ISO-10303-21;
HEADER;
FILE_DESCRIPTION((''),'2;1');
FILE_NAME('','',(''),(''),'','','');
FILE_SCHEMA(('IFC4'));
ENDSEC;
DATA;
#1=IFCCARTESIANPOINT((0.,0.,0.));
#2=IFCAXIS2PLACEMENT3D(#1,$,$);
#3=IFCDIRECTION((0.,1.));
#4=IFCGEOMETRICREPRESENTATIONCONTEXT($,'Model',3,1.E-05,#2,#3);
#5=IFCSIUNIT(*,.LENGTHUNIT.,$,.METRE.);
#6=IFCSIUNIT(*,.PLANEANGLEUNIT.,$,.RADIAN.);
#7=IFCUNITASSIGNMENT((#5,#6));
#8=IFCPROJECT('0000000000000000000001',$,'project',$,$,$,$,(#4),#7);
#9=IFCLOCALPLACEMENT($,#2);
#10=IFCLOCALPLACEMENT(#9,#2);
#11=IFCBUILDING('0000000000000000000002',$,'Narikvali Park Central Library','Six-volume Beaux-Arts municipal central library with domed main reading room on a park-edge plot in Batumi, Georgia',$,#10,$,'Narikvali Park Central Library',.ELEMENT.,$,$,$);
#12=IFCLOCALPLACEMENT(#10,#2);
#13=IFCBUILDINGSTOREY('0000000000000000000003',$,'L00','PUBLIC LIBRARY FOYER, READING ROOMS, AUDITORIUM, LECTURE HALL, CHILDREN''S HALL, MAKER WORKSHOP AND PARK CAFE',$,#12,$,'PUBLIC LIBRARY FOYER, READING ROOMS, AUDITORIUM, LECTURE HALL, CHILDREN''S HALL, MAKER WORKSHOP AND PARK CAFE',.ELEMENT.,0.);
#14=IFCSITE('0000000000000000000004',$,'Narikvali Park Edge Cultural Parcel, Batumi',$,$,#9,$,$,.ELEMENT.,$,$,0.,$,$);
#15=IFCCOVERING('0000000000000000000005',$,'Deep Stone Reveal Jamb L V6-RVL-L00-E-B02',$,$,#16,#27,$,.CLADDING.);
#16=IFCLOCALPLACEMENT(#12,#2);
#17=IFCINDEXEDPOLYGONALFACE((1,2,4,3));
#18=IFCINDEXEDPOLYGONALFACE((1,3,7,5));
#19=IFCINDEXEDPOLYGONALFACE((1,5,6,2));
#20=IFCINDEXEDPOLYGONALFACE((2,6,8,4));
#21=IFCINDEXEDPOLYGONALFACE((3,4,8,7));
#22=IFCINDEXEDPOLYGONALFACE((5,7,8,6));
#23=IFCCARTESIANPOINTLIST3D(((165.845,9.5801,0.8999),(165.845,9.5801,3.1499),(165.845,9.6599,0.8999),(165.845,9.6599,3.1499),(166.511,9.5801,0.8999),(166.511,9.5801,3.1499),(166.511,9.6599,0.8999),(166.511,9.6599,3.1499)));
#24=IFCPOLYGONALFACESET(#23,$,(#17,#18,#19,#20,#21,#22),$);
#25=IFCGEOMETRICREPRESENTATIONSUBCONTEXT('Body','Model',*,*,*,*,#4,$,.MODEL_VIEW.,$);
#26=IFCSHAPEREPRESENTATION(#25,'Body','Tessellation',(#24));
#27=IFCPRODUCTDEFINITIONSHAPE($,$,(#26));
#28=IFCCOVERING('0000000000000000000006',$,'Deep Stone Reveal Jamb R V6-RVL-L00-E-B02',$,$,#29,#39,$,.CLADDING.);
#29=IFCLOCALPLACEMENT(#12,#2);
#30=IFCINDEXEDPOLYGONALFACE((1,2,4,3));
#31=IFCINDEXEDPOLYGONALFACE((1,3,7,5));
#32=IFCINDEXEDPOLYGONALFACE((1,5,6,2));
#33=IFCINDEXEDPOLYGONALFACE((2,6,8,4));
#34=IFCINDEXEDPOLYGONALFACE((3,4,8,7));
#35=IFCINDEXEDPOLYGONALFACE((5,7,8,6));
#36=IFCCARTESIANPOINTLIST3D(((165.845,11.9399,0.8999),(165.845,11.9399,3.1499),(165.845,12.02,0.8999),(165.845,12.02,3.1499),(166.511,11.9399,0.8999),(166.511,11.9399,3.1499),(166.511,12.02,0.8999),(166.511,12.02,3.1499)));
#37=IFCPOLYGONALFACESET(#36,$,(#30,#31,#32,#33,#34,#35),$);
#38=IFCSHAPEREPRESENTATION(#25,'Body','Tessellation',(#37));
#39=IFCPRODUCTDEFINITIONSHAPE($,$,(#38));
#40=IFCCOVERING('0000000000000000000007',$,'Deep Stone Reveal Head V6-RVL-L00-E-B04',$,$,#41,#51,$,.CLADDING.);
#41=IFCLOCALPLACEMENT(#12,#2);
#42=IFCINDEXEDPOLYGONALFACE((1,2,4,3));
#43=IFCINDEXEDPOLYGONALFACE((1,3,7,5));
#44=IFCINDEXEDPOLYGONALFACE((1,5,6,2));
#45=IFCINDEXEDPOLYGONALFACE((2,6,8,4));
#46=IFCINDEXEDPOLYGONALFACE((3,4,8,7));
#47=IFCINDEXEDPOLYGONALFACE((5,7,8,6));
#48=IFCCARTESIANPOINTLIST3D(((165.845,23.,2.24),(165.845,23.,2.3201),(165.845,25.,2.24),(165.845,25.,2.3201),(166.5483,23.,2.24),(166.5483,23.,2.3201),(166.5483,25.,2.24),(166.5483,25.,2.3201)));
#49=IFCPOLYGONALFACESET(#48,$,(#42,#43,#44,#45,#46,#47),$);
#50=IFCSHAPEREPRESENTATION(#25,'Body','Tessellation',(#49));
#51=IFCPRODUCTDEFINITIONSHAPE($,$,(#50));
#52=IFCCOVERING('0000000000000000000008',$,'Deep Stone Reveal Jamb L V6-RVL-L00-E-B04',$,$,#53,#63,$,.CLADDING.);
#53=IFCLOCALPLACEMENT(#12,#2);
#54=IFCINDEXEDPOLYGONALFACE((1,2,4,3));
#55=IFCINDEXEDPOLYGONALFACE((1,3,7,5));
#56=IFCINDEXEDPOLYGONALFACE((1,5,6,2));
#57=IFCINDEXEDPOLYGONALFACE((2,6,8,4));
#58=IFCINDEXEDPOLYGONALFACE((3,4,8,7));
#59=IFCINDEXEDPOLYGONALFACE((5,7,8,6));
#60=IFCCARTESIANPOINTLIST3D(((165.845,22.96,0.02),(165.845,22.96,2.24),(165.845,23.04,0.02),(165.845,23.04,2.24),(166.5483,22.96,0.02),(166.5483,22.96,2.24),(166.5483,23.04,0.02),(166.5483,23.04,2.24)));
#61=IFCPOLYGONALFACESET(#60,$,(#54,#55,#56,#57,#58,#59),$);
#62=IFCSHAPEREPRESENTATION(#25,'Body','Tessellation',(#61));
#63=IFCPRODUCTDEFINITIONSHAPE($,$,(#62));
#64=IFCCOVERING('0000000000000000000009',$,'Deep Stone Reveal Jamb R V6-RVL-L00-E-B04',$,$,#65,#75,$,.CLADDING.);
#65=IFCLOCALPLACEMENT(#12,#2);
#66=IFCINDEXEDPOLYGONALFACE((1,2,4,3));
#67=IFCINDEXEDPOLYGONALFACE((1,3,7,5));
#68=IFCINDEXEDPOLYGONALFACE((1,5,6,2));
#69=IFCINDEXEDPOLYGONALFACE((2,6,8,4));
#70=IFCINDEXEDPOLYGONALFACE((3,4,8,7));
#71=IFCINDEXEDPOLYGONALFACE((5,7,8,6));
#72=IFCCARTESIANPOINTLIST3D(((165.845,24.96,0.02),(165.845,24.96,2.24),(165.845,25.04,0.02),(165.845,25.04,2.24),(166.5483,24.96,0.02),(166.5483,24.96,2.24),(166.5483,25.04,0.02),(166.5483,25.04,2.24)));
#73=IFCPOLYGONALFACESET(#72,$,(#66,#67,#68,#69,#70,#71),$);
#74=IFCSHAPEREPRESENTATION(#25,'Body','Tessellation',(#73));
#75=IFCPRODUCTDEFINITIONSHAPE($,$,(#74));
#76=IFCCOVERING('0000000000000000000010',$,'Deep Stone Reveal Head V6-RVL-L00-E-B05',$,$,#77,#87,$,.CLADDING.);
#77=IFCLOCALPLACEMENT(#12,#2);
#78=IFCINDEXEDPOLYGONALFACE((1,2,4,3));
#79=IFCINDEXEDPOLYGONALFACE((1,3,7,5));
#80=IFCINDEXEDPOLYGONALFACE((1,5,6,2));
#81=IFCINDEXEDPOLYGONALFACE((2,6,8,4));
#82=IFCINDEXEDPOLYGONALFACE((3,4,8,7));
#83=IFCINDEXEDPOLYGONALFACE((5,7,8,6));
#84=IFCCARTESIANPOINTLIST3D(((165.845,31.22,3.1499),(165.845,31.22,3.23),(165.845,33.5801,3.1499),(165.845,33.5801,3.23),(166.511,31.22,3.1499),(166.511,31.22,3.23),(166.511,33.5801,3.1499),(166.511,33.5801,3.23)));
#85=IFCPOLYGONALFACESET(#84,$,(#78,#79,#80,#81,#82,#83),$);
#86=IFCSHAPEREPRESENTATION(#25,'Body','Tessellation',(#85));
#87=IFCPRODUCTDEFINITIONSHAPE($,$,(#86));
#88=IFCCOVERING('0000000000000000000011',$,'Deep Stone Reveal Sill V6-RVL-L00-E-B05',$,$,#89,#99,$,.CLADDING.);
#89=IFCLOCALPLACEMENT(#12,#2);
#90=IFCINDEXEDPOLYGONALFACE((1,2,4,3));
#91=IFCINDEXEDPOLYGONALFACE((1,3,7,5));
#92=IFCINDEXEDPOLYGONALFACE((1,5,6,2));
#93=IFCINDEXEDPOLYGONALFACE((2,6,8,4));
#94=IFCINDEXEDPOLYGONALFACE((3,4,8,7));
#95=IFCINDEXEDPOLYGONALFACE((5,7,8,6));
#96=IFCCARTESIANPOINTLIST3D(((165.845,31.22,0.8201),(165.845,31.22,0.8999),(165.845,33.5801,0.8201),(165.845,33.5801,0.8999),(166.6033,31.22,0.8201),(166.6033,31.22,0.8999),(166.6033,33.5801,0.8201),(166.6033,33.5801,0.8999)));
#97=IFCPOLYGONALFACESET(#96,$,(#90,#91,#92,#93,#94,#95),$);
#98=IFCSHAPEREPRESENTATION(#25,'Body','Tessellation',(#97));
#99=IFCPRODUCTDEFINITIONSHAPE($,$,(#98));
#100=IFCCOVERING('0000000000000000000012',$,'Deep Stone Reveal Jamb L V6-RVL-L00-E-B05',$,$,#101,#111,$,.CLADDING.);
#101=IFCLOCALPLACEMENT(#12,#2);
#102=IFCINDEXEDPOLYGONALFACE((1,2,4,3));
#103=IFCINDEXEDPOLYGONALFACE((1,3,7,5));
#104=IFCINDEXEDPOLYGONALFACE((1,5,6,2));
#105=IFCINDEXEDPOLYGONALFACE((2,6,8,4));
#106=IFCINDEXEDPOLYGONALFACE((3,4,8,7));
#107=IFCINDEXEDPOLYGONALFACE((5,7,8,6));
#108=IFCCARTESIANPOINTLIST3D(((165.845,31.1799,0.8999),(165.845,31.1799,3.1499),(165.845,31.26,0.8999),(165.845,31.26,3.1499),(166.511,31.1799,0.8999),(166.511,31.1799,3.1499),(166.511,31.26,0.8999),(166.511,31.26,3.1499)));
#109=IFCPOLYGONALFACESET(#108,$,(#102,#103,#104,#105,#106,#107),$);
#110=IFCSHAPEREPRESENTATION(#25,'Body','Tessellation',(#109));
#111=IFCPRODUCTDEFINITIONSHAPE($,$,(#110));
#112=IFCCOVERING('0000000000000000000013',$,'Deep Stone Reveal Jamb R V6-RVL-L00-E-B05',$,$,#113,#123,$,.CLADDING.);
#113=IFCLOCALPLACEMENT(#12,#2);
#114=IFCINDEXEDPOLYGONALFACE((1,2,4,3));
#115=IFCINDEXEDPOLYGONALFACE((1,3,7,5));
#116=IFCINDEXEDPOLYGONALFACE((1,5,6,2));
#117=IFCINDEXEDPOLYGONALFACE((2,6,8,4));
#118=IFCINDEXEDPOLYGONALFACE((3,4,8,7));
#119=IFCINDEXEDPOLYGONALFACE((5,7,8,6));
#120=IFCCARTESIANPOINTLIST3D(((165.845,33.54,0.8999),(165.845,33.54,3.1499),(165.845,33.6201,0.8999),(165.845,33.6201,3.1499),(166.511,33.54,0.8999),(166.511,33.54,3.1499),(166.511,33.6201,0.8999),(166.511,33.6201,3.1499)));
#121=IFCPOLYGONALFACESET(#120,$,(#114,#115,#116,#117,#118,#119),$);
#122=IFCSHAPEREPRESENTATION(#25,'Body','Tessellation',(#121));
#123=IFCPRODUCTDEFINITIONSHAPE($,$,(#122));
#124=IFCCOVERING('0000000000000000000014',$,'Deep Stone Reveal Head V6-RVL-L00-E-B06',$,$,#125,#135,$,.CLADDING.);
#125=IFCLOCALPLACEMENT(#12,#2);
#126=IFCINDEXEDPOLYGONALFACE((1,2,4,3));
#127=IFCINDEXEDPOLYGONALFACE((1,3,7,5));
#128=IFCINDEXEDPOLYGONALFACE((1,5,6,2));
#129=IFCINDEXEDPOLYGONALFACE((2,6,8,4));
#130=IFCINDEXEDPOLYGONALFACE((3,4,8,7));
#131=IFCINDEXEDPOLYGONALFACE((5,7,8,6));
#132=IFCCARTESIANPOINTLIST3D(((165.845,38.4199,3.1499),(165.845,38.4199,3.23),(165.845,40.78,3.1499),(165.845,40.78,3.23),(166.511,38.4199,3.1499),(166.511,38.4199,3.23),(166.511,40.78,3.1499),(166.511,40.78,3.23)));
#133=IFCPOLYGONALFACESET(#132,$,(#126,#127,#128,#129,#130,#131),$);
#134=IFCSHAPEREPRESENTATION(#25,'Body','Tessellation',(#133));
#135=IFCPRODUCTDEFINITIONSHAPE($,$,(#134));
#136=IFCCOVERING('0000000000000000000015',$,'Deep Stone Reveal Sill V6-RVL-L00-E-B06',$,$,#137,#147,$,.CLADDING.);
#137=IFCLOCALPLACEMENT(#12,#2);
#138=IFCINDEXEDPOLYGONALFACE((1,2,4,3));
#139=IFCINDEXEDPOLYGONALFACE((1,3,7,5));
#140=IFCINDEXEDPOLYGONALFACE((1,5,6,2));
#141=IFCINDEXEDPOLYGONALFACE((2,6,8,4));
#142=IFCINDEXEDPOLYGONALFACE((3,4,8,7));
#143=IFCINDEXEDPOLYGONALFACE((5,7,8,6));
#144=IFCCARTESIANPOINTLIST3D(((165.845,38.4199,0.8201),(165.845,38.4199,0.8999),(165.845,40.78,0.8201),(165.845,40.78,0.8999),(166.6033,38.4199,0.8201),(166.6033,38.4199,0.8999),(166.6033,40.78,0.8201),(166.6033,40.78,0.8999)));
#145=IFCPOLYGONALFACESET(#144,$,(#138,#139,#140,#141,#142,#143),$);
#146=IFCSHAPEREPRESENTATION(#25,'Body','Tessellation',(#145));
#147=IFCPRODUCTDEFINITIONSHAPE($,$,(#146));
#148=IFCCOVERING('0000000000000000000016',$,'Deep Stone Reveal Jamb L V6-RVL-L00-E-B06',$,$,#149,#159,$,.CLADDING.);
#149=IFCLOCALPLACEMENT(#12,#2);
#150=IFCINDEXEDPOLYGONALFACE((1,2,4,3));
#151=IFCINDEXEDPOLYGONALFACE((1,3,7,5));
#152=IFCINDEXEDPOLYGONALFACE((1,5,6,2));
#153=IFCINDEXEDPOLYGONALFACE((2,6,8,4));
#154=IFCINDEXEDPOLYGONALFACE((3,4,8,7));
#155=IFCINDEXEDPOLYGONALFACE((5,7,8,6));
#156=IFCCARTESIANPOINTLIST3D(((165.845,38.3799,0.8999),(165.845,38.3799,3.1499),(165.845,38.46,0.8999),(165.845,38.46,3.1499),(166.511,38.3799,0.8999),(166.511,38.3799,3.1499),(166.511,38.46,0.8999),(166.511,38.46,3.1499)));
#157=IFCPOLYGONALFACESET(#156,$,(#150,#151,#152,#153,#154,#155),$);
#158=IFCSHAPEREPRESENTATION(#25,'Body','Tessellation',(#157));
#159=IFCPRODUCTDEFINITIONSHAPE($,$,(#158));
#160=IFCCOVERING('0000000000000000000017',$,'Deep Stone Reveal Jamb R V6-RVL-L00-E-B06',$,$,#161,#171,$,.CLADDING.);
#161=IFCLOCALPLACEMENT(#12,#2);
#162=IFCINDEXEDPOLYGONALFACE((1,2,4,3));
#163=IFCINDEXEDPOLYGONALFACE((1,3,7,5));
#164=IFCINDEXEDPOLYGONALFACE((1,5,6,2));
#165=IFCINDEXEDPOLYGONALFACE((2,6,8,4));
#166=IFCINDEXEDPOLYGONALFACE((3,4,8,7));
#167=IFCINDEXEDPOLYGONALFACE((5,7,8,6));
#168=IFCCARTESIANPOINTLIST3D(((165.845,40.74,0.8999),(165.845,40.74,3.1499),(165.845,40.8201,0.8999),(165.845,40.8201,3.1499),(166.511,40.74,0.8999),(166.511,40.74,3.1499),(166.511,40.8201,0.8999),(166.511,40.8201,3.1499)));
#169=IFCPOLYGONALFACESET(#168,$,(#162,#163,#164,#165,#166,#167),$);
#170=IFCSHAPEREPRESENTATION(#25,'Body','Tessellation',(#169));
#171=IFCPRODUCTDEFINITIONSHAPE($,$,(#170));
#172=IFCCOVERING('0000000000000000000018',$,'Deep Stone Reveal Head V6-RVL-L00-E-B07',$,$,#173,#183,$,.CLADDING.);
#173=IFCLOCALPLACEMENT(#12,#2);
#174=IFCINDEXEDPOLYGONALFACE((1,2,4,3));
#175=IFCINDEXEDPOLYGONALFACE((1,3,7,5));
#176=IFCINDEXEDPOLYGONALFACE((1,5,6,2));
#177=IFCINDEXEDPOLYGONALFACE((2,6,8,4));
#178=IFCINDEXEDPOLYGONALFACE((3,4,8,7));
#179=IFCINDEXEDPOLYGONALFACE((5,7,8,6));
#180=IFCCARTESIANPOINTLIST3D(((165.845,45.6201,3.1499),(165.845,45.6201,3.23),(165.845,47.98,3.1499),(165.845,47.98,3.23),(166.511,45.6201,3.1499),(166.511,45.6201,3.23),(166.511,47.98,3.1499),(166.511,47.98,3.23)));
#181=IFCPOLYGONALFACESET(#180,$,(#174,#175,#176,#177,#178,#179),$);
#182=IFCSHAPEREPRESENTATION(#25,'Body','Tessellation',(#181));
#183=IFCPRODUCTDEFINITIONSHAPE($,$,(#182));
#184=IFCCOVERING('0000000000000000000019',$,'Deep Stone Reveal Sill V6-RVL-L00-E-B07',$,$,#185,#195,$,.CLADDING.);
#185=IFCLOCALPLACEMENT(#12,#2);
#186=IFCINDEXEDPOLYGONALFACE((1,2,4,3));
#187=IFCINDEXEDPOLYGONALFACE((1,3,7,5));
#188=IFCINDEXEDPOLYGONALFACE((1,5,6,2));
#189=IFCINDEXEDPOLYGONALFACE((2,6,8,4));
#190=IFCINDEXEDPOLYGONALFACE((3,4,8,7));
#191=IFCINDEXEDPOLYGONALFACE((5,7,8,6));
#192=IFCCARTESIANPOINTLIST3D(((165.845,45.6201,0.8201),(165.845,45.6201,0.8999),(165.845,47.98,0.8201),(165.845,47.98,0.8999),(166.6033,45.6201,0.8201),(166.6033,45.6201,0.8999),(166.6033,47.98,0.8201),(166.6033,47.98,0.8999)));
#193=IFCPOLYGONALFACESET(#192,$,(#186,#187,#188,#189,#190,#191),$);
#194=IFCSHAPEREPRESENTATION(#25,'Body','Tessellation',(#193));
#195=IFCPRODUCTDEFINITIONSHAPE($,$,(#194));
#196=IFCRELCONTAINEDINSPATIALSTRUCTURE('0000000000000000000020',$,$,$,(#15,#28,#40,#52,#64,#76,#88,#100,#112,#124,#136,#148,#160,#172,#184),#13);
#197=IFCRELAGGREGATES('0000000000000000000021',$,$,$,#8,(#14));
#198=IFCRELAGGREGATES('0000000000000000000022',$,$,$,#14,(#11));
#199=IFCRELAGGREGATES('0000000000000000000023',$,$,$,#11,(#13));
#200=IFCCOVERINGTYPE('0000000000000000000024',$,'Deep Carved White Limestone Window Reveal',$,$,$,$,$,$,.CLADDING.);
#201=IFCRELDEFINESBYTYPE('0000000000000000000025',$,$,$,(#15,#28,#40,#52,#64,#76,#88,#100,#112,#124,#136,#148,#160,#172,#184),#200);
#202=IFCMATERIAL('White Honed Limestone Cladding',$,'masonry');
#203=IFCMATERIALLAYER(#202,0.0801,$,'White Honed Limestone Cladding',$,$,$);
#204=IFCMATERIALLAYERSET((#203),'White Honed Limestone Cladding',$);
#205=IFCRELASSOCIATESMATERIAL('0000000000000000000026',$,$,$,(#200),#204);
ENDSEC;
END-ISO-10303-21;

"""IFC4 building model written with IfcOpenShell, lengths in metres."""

from ifc_helpers import new_model, si_unit, direction, frame, origin, place, context, subcontext, project, spatial, polyline, outline, extrude, material, layer, layer_set, type_object, element, save


model = new_model("IFC4")

# Units and contexts
model_context = context("Model", 3, precision=1e-05, world=origin(), true_north=direction((0.0, 1.0)))
body_context = subcontext(model_context, "Body", "Model", "MODEL_VIEW")
ifc_project = project(units=[si_unit("LENGTHUNIT", "METRE"), si_unit("PLANEANGLEUNIT", "RADIAN")], contexts=[model_context])

# Site, building, storey
site_placement = place(None, origin())
site = spatial("IfcSite", under=ifc_project, at=site_placement, Name="Narikvali Park Edge Cultural Parcel, Batumi", CompositionType="ELEMENT", RefElevation=0.0)
building_placement = place(site_placement, origin())
building = spatial("IfcBuilding", under=site, at=building_placement, Name="Narikvali Park Central Library", Description="Six-volume Beaux-Arts municipal central library with domed main reading room on a park-edge plot in Batumi, Georgia", LongName="Narikvali Park Central Library", CompositionType="ELEMENT")
storey_placement = place(building_placement, origin())
storey = spatial("IfcBuildingStorey", under=building, at=storey_placement, Name="L00", Description="PUBLIC LIBRARY FOYER, READING ROOMS, AUDITORIUM, LECTURE HALL, CHILDREN'S HALL, MAKER WORKSHOP AND PARK CAFE", LongName="PUBLIC LIBRARY FOYER, READING ROOMS, AUDITORIUM, LECTURE HALL, CHILDREN'S HALL, MAKER WORKSHOP AND PARK CAFE", CompositionType="ELEMENT", Elevation=0.0)

# Coverings
ifc_material = material(Name="White Honed Limestone Cladding", Category="masonry")
ifc_layer = layer(ifc_material, 0.0801, Name="White Honed Limestone Cladding")
ifc_layer_set = layer_set([ifc_layer], Name="White Honed Limestone Cladding")
covering_type = type_object("IfcCoveringType", Name="Deep Carved White Limestone Window Reveal", PredefinedType="CLADDING", material=ifc_layer_set)
covering_1_placement = place(storey_placement, frame((0.0, 0.0, 0.8999)))
element("IfcCovering", 1, at=covering_1_placement, inside=storey, type_object=covering_type, Name="Deep Stone Reveal Jamb L V6-RVL-L00-E-B02", PredefinedType="CLADDING", context=body_context, shape_type="SweptSolid", body=[
    extrude(outline(polyline([(165.845, 9.5801), (165.845, 9.6599), (166.511, 9.6599), (166.511, 9.5801), (165.845, 9.5801)])), origin(), (0.0, 0.0, 1.0), 2.25),
])
covering_2_placement = place(storey_placement, frame((0.0, 0.0, 0.8999)))
element("IfcCovering", 2, at=covering_2_placement, inside=storey, type_object=covering_type, Name="Deep Stone Reveal Jamb R V6-RVL-L00-E-B02", PredefinedType="CLADDING", context=body_context, shape_type="SweptSolid", body=[
    extrude(outline(polyline([(165.845, 11.9399), (165.845, 12.02), (166.511, 12.02), (166.511, 11.9399), (165.845, 11.9399)])), origin(), (0.0, 0.0, 1.0), 2.25),
])
covering_3_placement = place(storey_placement, frame((0.0, 0.0, 2.24)))
element("IfcCovering", 3, at=covering_3_placement, inside=storey, type_object=covering_type, Name="Deep Stone Reveal Head V6-RVL-L00-E-B04", PredefinedType="CLADDING", context=body_context, shape_type="SweptSolid", body=[
    extrude(outline(polyline([(165.845, 23.0), (165.845, 25.0), (166.5483, 25.0), (166.5483, 23.0), (165.845, 23.0)])), origin(), (0.0, 0.0, 1.0), 0.0801),
])
covering_4_placement = place(storey_placement, frame((0.0, 0.0, 0.02)))
element("IfcCovering", 4, at=covering_4_placement, inside=storey, type_object=covering_type, Name="Deep Stone Reveal Jamb L V6-RVL-L00-E-B04", PredefinedType="CLADDING", context=body_context, shape_type="SweptSolid", body=[
    extrude(outline(polyline([(165.845, 22.96), (165.845, 23.04), (166.5483, 23.04), (166.5483, 22.96), (165.845, 22.96)])), origin(), (0.0, 0.0, 1.0), 2.22),
])
covering_5_placement = place(storey_placement, frame((0.0, 0.0, 0.02)))
element("IfcCovering", 5, at=covering_5_placement, inside=storey, type_object=covering_type, Name="Deep Stone Reveal Jamb R V6-RVL-L00-E-B04", PredefinedType="CLADDING", context=body_context, shape_type="SweptSolid", body=[
    extrude(outline(polyline([(165.845, 24.96), (165.845, 25.04), (166.5483, 25.04), (166.5483, 24.96), (165.845, 24.96)])), origin(), (0.0, 0.0, 1.0), 2.22),
])
covering_6_placement = place(storey_placement, frame((0.0, 0.0, 3.1499)))
element("IfcCovering", 6, at=covering_6_placement, inside=storey, type_object=covering_type, Name="Deep Stone Reveal Head V6-RVL-L00-E-B05", PredefinedType="CLADDING", context=body_context, shape_type="SweptSolid", body=[
    extrude(outline(polyline([(165.845, 31.22), (165.845, 33.5801), (166.511, 33.5801), (166.511, 31.22), (165.845, 31.22)])), origin(), (0.0, 0.0, 1.0), 0.0801),
])
covering_7_placement = place(storey_placement, frame((0.0, 0.0, 0.8201)))
element("IfcCovering", 7, at=covering_7_placement, inside=storey, type_object=covering_type, Name="Deep Stone Reveal Sill V6-RVL-L00-E-B05", PredefinedType="CLADDING", context=body_context, shape_type="SweptSolid", body=[
    extrude(outline(polyline([(165.845, 31.22), (165.845, 33.5801), (166.6033, 33.5801), (166.6033, 31.22), (165.845, 31.22)])), origin(), (0.0, 0.0, 1.0), 0.0798),
])
covering_8_placement = place(storey_placement, frame((0.0, 0.0, 0.8999)))
element("IfcCovering", 8, at=covering_8_placement, inside=storey, type_object=covering_type, Name="Deep Stone Reveal Jamb L V6-RVL-L00-E-B05", PredefinedType="CLADDING", context=body_context, shape_type="SweptSolid", body=[
    extrude(outline(polyline([(165.845, 31.1799), (165.845, 31.26), (166.511, 31.26), (166.511, 31.1799), (165.845, 31.1799)])), origin(), (0.0, 0.0, 1.0), 2.25),
])
covering_9_placement = place(storey_placement, frame((0.0, 0.0, 0.8999)))
element("IfcCovering", 9, at=covering_9_placement, inside=storey, type_object=covering_type, Name="Deep Stone Reveal Jamb R V6-RVL-L00-E-B05", PredefinedType="CLADDING", context=body_context, shape_type="SweptSolid", body=[
    extrude(outline(polyline([(165.845, 33.54), (165.845, 33.6201), (166.511, 33.6201), (166.511, 33.54), (165.845, 33.54)])), origin(), (0.0, 0.0, 1.0), 2.25),
])
covering_10_placement = place(storey_placement, frame((0.0, 0.0, 3.1499)))
element("IfcCovering", 10, at=covering_10_placement, inside=storey, type_object=covering_type, Name="Deep Stone Reveal Head V6-RVL-L00-E-B06", PredefinedType="CLADDING", context=body_context, shape_type="SweptSolid", body=[
    extrude(outline(polyline([(165.845, 38.4199), (165.845, 40.78), (166.511, 40.78), (166.511, 38.4199), (165.845, 38.4199)])), origin(), (0.0, 0.0, 1.0), 0.0801),
])
covering_11_placement = place(storey_placement, frame((0.0, 0.0, 0.8201)))
element("IfcCovering", 11, at=covering_11_placement, inside=storey, type_object=covering_type, Name="Deep Stone Reveal Sill V6-RVL-L00-E-B06", PredefinedType="CLADDING", context=body_context, shape_type="SweptSolid", body=[
    extrude(outline(polyline([(165.845, 38.4199), (165.845, 40.78), (166.6033, 40.78), (166.6033, 38.4199), (165.845, 38.4199)])), origin(), (0.0, 0.0, 1.0), 0.0798),
])
covering_12_placement = place(storey_placement, frame((0.0, 0.0, 0.8999)))
element("IfcCovering", 12, at=covering_12_placement, inside=storey, type_object=covering_type, Name="Deep Stone Reveal Jamb L V6-RVL-L00-E-B06", PredefinedType="CLADDING", context=body_context, shape_type="SweptSolid", body=[
    extrude(outline(polyline([(165.845, 38.3799), (165.845, 38.46), (166.511, 38.46), (166.511, 38.3799), (165.845, 38.3799)])), origin(), (0.0, 0.0, 1.0), 2.25),
])
covering_13_placement = place(storey_placement, frame((0.0, 0.0, 0.8999)))
element("IfcCovering", 13, at=covering_13_placement, inside=storey, type_object=covering_type, Name="Deep Stone Reveal Jamb R V6-RVL-L00-E-B06", PredefinedType="CLADDING", context=body_context, shape_type="SweptSolid", body=[
    extrude(outline(polyline([(165.845, 40.74), (165.845, 40.8201), (166.511, 40.8201), (166.511, 40.74), (165.845, 40.74)])), origin(), (0.0, 0.0, 1.0), 2.25),
])
covering_14_placement = place(storey_placement, frame((0.0, 0.0, 3.1499)))
element("IfcCovering", 14, at=covering_14_placement, inside=storey, type_object=covering_type, Name="Deep Stone Reveal Head V6-RVL-L00-E-B07", PredefinedType="CLADDING", context=body_context, shape_type="SweptSolid", body=[
    extrude(outline(polyline([(165.845, 45.6201), (165.845, 47.98), (166.511, 47.98), (166.511, 45.6201), (165.845, 45.6201)])), origin(), (0.0, 0.0, 1.0), 0.0801),
])
covering_15_placement = place(storey_placement, frame((0.0, 0.0, 0.8201)))
element("IfcCovering", 15, at=covering_15_placement, inside=storey, type_object=covering_type, Name="Deep Stone Reveal Sill V6-RVL-L00-E-B07", PredefinedType="CLADDING", context=body_context, shape_type="SweptSolid", body=[
    extrude(outline(polyline([(165.845, 45.6201), (165.845, 47.98), (166.6033, 47.98), (166.6033, 45.6201), (165.845, 45.6201)])), origin(), (0.0, 0.0, 1.0), 0.0798),
])

save(model, "model.ifc")
